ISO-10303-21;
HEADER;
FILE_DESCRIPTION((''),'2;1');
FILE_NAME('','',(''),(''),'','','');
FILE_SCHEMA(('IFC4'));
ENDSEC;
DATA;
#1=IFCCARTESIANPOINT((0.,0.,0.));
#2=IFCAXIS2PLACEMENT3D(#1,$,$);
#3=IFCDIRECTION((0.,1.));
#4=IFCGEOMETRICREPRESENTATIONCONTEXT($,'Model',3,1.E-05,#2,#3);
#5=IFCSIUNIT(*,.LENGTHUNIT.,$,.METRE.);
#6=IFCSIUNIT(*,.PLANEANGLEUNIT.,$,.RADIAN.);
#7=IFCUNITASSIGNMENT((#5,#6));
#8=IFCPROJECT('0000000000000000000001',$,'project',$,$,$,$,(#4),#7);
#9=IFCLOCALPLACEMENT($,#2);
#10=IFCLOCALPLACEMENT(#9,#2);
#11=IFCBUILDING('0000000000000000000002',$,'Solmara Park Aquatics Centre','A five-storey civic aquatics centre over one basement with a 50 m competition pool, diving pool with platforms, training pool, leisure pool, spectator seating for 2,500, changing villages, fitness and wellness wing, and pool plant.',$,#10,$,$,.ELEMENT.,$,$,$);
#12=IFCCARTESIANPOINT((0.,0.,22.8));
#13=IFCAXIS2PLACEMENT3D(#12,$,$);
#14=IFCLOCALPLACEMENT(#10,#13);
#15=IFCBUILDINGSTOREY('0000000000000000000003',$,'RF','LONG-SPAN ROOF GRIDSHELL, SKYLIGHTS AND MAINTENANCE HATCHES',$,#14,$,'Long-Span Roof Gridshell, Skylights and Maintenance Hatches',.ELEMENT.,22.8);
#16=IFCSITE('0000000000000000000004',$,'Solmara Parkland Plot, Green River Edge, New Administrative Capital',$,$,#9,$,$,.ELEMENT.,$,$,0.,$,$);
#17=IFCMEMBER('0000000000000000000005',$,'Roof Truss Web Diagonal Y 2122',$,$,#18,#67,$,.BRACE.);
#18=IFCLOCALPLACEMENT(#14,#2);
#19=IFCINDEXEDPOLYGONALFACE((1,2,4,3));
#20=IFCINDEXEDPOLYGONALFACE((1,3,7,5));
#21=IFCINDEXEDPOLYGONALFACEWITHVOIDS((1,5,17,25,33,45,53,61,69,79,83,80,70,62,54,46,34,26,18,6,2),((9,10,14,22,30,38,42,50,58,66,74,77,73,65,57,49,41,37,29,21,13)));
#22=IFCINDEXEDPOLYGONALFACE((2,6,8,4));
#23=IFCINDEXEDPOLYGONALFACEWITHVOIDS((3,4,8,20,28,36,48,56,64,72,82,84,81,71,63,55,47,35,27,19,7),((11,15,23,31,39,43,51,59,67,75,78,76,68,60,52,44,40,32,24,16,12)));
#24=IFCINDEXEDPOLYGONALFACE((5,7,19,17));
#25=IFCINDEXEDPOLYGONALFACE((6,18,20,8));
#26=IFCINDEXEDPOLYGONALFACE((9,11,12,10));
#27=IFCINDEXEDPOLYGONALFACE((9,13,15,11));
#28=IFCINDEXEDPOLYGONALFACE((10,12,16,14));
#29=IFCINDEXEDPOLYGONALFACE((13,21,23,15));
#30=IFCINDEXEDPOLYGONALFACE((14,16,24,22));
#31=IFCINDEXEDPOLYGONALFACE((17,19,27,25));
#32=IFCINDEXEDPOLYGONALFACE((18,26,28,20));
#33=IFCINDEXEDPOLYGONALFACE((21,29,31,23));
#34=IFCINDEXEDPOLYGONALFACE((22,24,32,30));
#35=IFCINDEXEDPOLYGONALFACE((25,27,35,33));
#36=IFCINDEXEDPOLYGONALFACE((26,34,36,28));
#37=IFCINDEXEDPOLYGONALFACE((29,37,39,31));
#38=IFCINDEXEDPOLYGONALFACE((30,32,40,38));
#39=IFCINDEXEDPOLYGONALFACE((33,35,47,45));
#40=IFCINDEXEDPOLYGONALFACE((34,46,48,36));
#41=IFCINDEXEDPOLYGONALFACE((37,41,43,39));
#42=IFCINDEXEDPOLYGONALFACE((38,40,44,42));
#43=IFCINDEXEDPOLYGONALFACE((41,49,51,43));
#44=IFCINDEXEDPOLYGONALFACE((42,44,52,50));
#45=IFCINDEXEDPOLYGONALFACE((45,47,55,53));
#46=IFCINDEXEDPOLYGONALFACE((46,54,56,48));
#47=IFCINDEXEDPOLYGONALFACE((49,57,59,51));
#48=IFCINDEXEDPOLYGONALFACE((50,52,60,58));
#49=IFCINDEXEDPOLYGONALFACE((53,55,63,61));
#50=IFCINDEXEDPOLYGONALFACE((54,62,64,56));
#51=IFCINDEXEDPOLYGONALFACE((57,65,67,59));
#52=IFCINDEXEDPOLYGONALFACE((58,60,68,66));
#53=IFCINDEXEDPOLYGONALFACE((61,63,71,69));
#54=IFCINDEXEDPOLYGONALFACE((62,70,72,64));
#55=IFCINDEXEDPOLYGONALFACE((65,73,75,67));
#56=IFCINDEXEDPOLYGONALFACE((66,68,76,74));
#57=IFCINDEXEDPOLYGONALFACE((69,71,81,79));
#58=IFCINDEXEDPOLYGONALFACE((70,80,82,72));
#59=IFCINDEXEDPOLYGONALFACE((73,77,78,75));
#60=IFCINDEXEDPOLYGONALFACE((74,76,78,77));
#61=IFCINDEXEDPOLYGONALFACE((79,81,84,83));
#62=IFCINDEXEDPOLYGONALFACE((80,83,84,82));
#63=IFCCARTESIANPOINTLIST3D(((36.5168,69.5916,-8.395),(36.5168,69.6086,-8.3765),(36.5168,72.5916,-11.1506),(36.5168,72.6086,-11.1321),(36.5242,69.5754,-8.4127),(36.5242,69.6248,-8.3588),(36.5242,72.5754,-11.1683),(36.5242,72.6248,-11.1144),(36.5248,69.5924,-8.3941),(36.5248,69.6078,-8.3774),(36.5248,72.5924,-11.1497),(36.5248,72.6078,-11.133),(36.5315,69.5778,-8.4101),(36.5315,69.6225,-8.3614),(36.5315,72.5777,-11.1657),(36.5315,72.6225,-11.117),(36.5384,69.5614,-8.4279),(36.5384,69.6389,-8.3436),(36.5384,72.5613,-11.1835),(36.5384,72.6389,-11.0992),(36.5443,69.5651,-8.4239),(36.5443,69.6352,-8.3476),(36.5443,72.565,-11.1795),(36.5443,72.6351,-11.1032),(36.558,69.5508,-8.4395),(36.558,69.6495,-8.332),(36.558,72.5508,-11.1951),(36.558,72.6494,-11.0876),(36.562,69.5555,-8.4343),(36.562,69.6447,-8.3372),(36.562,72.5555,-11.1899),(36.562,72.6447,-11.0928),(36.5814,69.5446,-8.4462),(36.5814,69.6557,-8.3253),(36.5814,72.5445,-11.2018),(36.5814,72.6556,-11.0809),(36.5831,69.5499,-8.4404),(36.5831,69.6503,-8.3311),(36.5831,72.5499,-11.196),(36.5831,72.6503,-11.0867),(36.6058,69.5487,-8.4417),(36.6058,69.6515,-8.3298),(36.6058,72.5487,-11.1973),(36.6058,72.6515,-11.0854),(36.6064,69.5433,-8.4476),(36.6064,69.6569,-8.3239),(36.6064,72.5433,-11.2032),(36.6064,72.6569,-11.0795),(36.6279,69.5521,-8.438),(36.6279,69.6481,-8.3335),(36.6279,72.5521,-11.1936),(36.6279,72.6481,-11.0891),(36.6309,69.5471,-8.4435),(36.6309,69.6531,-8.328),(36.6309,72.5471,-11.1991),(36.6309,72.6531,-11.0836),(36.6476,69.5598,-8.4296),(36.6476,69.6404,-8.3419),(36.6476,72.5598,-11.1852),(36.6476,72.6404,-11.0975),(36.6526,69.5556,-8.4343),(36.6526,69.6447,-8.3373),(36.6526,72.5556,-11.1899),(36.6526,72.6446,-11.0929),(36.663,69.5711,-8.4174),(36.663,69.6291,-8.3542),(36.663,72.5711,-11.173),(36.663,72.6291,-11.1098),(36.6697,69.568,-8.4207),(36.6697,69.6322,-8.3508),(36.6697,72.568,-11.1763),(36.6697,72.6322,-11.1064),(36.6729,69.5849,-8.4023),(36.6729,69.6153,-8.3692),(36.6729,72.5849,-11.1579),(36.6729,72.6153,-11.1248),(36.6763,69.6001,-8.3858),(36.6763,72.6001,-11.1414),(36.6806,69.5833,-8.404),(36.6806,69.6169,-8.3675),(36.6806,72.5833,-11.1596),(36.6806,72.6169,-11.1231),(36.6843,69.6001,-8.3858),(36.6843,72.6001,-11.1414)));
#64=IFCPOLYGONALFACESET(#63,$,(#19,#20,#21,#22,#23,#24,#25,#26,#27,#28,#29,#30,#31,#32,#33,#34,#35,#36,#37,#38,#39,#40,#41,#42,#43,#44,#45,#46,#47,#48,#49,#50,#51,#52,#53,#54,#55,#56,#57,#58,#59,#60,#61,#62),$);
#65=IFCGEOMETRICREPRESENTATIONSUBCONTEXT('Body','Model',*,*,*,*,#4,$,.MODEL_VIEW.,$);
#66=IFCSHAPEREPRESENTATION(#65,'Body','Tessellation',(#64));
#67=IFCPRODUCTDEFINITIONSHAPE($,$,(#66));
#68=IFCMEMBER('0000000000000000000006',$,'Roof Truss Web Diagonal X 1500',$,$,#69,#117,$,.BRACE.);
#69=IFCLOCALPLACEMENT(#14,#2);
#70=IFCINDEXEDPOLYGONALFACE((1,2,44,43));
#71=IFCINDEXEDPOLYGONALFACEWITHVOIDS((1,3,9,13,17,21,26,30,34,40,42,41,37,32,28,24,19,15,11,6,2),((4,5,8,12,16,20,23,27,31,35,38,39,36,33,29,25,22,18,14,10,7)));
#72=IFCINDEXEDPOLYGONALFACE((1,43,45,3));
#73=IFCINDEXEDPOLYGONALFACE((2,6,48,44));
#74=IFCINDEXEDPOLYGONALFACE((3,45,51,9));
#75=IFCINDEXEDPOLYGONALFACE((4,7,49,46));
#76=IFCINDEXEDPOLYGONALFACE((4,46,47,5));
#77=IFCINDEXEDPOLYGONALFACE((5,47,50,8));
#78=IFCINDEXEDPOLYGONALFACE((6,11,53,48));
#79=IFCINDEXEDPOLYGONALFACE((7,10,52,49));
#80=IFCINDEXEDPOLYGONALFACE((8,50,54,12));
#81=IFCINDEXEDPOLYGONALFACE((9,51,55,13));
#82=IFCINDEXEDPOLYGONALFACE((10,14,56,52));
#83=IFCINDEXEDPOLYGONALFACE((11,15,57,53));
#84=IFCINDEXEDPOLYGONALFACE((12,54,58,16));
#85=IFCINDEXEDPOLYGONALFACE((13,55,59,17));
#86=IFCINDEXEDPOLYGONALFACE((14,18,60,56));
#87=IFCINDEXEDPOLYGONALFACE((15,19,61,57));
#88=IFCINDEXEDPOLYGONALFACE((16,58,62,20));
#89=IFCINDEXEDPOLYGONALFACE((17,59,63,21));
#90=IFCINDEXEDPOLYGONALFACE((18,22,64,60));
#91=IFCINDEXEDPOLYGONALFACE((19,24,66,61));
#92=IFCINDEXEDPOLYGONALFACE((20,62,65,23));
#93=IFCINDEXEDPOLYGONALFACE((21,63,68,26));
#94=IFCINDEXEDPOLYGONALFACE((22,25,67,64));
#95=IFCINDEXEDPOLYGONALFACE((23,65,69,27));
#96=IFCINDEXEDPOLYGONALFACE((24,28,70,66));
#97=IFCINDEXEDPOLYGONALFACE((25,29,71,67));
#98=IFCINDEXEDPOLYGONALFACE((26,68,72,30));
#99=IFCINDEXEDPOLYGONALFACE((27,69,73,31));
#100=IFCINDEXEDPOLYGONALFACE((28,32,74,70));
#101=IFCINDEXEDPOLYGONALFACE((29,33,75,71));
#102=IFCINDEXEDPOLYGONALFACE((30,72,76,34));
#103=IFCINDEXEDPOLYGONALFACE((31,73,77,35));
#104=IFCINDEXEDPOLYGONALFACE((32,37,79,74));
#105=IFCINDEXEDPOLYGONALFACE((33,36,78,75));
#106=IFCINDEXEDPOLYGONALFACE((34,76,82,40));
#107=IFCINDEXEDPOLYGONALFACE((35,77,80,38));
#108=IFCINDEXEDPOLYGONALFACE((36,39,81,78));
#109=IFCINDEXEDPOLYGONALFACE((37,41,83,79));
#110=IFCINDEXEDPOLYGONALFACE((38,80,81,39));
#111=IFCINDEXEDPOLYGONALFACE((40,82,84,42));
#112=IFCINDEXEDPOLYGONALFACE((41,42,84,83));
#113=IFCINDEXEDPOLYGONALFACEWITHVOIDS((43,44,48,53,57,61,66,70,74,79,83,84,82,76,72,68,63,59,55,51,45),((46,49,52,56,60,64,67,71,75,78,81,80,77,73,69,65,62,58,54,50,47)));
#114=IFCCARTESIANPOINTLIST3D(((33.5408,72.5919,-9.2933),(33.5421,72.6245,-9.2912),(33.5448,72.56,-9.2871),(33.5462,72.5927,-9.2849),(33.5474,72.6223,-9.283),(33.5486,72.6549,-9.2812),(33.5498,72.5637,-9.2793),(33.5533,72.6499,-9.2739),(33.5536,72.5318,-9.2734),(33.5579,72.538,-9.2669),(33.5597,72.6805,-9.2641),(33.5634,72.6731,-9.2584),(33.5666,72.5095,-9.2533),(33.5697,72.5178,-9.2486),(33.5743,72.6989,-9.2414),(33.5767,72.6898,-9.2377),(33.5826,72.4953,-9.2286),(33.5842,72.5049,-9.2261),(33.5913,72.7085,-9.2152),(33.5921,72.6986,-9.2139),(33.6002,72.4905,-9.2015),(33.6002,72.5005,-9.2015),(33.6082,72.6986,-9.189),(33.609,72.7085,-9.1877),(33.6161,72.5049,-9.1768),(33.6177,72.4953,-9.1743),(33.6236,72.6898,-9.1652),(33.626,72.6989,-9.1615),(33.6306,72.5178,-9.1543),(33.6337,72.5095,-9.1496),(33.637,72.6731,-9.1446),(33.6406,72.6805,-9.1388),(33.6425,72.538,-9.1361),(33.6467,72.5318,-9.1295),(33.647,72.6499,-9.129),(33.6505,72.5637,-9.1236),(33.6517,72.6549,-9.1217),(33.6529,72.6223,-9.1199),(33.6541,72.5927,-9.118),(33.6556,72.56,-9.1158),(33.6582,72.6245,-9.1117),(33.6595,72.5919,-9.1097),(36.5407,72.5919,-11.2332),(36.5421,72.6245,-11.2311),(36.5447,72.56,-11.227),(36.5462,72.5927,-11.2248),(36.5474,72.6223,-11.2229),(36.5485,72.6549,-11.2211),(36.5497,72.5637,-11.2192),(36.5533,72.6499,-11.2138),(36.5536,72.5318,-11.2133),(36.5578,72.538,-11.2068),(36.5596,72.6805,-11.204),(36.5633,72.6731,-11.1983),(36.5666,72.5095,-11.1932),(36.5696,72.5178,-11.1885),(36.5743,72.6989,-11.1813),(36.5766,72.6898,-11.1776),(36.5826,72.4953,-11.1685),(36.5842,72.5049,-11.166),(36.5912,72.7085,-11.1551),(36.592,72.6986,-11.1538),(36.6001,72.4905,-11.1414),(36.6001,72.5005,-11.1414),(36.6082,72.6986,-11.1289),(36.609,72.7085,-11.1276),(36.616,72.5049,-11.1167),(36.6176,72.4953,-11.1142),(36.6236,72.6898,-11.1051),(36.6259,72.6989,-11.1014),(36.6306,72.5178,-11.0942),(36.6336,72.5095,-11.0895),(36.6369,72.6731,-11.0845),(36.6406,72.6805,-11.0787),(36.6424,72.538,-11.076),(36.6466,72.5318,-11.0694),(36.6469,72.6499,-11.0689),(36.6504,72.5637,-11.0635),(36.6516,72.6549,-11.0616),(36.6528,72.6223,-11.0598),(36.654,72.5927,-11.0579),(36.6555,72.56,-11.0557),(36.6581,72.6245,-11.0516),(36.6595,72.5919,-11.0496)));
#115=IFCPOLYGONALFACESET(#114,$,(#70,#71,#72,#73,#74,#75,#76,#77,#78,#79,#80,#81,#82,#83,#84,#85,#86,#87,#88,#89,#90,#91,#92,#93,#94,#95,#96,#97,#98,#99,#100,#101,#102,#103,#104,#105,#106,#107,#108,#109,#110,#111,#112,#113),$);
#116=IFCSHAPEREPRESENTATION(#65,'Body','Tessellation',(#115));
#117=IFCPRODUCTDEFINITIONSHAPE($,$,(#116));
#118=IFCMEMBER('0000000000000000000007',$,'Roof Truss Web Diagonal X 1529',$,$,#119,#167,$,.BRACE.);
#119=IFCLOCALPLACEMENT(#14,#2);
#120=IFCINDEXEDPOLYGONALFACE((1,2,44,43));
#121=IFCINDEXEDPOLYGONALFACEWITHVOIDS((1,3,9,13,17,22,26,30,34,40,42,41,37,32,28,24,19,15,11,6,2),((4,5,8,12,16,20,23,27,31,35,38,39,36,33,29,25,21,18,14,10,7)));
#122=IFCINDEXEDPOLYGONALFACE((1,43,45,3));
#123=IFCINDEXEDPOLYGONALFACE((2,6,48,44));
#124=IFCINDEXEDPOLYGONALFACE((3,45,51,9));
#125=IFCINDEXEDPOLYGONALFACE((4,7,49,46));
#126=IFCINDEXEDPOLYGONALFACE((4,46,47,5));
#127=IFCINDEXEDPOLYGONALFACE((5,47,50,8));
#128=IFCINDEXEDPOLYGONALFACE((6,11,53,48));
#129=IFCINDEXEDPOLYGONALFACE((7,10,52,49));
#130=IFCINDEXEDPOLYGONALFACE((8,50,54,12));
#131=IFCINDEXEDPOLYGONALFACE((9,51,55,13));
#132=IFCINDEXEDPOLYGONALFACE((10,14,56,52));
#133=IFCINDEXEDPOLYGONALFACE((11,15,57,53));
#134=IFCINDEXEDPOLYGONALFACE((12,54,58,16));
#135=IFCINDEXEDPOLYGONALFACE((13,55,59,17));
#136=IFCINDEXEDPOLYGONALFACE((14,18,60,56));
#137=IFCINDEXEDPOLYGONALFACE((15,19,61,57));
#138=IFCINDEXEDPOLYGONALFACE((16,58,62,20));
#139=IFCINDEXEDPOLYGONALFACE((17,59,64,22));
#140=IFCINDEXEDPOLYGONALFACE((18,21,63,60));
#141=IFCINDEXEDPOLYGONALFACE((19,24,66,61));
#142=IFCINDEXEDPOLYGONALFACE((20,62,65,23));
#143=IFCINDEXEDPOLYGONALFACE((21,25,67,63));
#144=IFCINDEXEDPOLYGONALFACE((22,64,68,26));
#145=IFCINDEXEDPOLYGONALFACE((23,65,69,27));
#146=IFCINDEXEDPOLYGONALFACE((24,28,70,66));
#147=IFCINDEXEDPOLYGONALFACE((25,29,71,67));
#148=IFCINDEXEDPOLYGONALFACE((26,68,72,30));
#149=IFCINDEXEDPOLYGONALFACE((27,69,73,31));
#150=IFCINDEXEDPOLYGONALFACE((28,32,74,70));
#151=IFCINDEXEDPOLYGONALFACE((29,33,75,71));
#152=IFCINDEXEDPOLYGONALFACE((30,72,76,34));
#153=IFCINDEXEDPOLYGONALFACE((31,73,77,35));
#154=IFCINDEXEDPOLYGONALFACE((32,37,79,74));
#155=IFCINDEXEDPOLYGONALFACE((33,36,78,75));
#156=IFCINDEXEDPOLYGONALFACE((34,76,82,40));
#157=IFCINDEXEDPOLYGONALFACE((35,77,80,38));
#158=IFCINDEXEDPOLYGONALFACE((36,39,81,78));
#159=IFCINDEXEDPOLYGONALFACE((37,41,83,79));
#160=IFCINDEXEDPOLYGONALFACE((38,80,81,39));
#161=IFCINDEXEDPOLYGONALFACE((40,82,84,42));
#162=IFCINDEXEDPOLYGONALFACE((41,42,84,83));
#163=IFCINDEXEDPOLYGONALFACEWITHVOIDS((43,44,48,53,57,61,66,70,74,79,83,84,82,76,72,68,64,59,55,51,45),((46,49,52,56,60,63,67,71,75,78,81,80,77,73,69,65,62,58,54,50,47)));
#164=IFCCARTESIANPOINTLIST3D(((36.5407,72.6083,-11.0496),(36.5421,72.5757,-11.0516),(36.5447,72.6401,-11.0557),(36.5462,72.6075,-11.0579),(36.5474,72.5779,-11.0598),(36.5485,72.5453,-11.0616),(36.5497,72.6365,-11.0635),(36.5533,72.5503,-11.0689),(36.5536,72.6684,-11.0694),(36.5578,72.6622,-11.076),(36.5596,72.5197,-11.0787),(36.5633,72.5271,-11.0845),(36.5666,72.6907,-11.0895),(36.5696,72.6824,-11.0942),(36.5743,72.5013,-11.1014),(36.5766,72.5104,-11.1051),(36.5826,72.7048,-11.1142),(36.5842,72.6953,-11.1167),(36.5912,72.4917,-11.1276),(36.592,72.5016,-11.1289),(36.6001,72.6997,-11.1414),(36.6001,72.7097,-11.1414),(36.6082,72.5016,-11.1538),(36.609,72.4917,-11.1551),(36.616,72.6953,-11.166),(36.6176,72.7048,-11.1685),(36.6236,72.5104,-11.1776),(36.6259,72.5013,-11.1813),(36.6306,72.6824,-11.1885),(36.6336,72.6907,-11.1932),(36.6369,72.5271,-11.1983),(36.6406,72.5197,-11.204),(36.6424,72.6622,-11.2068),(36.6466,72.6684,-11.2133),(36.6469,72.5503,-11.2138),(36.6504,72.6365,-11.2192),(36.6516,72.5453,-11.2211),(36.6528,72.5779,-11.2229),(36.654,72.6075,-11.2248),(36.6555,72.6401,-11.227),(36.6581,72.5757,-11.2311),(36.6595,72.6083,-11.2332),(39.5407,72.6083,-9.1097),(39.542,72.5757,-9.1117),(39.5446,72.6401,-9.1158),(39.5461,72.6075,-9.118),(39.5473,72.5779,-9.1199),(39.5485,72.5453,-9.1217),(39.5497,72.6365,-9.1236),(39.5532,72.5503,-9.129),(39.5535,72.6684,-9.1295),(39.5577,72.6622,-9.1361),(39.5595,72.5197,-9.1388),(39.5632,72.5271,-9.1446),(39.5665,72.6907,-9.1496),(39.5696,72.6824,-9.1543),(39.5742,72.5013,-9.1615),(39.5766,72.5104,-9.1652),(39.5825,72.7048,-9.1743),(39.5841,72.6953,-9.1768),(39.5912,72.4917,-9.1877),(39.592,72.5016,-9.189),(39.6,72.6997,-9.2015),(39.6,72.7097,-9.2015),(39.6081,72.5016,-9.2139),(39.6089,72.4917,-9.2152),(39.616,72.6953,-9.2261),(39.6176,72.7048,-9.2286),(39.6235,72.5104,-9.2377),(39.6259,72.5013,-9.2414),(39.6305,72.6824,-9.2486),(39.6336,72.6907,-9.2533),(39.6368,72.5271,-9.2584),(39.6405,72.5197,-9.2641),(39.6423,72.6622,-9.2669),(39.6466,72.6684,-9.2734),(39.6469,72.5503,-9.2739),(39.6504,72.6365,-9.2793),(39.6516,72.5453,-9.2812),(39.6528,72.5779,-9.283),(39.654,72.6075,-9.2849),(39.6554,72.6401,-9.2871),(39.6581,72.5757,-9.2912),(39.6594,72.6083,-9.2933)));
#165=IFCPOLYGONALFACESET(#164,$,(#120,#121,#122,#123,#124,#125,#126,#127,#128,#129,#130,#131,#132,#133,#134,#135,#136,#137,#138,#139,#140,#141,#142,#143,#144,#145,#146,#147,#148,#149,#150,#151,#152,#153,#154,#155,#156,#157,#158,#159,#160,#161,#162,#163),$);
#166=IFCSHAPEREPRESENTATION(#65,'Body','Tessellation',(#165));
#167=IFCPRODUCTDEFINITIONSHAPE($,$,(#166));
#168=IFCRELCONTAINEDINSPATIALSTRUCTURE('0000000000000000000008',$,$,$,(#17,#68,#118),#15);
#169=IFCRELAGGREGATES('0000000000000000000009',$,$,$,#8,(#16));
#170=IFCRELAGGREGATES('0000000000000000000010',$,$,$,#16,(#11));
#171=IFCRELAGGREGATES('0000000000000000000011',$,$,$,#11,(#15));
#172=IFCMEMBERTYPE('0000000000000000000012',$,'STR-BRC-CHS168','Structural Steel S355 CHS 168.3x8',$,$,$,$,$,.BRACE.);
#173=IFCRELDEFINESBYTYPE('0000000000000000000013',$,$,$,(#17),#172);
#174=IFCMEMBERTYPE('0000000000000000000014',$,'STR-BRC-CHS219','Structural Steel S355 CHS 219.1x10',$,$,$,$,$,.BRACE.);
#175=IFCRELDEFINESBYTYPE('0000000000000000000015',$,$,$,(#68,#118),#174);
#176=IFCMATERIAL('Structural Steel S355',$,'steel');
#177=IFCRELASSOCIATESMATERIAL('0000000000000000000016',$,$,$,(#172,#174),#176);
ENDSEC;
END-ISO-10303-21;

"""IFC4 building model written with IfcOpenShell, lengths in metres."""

from ifc_helpers import new_model, si_unit, direction, frame, origin, origin_2d, place, context, subcontext, project, spatial, hollow_circle, extrude, material, material_profile, profile_set, type_object, element, save


model = new_model("IFC4")

# Units and contexts
model_context = context("Model", 3, precision=1e-05, world=origin(), true_north=direction((0.0, 1.0)))
body_context = subcontext(model_context, "Body", "Model", "MODEL_VIEW")
ifc_project = project(units=[si_unit("LENGTHUNIT", "METRE"), si_unit("PLANEANGLEUNIT", "RADIAN")], contexts=[model_context])

# Site, building, storey
site_placement = place(None, origin())
site = spatial("IfcSite", under=ifc_project, at=site_placement, Name="Solmara Parkland Plot, Green River Edge, New Administrative Capital", CompositionType="ELEMENT", RefElevation=0.0)
building_placement = place(site_placement, origin())
building = spatial("IfcBuilding", under=site, at=building_placement, Name="Solmara Park Aquatics Centre", Description="A five-storey civic aquatics centre over one basement with a 50 m competition pool, diving pool with platforms, training pool, leisure pool, spectator seating for 2,500, changing villages, fitness and wellness wing, and pool plant.", CompositionType="ELEMENT")
storey_placement = place(building_placement, frame((0.0, 0.0, 22.8)))
storey = spatial("IfcBuildingStorey", under=building, at=storey_placement, Name="RF", Description="LONG-SPAN ROOF GRIDSHELL, SKYLIGHTS AND MAINTENANCE HATCHES", LongName="Long-Span Roof Gridshell, Skylights and Maintenance Hatches", CompositionType="ELEMENT", Elevation=22.8)

# Members
ifc_material_1 = material(Name="Structural Steel S355", Category="steel")
ifc_material_profile_1 = material_profile(ifc_material_1, hollow_circle(Radius=0.0842, WallThickness=0.0081, at=origin_2d()), Name="CHS 168.3x8")
ifc_profile_set_1 = profile_set([ifc_material_profile_1], Name="Structural Steel S355")
member_type_1 = type_object("IfcMemberType", Name="STR-BRC-CHS168", Description="Structural Steel S355 CHS 168.3x8", PredefinedType="BRACE", material=ifc_profile_set_1)
member_1_placement = place(storey_placement, frame((36.6001, 72.6001, -11.1414), z_axis=(0.0, -0.736467, 0.676473), x_axis=(1.0, 0.0, 0.0)))
element("IfcMember", 1, at=member_1_placement, inside=storey, type_object=member_type_1, Name="Roof Truss Web Diagonal Y 2122", PredefinedType="BRACE", context=body_context, shape_type="SweptSolid", body=[
    extrude(hollow_circle(Radius=0.0842, WallThickness=0.0081, at=origin_2d()), origin(), (0.0, 0.0, 1.0), 4.0735),
])
ifc_material_profile_2 = material_profile(ifc_material_1, hollow_circle(Radius=0.1096, WallThickness=0.01, at=origin_2d()), Name="CHS 219.1x10")
ifc_profile_set_2 = profile_set([ifc_material_profile_2], Name="Structural Steel S355")
member_type_2 = type_object("IfcMemberType", Name="STR-BRC-CHS219", Description="Structural Steel S355 CHS 219.1x10", PredefinedType="BRACE", material=ifc_profile_set_2)
for number, where, z_axis, x_axis, name in (
    (2, (36.6001, 72.6001, -11.1414), (-0.839728, 0.0, 0.543008), (0.0, -1.0, 0.0), "Roof Truss Web Diagonal X 1500"),
    (3, (36.6001, 72.6001, -11.1414), (0.839728, 0.0, 0.543008), (0.0, 1.0, 0.0), "Roof Truss Web Diagonal X 1529"),
):
    element("IfcMember", number, at=place(storey_placement, frame(where, z_axis=z_axis, x_axis=x_axis)), inside=storey, type_object=member_type_2, Name=name, PredefinedType="BRACE", context=body_context, shape_type="SweptSolid", body=[
        extrude(hollow_circle(Radius=0.1096, WallThickness=0.01, at=origin_2d()), origin(), (0.0, 0.0, 1.0), 3.5725),
    ])

save(model, "model.ifc")
